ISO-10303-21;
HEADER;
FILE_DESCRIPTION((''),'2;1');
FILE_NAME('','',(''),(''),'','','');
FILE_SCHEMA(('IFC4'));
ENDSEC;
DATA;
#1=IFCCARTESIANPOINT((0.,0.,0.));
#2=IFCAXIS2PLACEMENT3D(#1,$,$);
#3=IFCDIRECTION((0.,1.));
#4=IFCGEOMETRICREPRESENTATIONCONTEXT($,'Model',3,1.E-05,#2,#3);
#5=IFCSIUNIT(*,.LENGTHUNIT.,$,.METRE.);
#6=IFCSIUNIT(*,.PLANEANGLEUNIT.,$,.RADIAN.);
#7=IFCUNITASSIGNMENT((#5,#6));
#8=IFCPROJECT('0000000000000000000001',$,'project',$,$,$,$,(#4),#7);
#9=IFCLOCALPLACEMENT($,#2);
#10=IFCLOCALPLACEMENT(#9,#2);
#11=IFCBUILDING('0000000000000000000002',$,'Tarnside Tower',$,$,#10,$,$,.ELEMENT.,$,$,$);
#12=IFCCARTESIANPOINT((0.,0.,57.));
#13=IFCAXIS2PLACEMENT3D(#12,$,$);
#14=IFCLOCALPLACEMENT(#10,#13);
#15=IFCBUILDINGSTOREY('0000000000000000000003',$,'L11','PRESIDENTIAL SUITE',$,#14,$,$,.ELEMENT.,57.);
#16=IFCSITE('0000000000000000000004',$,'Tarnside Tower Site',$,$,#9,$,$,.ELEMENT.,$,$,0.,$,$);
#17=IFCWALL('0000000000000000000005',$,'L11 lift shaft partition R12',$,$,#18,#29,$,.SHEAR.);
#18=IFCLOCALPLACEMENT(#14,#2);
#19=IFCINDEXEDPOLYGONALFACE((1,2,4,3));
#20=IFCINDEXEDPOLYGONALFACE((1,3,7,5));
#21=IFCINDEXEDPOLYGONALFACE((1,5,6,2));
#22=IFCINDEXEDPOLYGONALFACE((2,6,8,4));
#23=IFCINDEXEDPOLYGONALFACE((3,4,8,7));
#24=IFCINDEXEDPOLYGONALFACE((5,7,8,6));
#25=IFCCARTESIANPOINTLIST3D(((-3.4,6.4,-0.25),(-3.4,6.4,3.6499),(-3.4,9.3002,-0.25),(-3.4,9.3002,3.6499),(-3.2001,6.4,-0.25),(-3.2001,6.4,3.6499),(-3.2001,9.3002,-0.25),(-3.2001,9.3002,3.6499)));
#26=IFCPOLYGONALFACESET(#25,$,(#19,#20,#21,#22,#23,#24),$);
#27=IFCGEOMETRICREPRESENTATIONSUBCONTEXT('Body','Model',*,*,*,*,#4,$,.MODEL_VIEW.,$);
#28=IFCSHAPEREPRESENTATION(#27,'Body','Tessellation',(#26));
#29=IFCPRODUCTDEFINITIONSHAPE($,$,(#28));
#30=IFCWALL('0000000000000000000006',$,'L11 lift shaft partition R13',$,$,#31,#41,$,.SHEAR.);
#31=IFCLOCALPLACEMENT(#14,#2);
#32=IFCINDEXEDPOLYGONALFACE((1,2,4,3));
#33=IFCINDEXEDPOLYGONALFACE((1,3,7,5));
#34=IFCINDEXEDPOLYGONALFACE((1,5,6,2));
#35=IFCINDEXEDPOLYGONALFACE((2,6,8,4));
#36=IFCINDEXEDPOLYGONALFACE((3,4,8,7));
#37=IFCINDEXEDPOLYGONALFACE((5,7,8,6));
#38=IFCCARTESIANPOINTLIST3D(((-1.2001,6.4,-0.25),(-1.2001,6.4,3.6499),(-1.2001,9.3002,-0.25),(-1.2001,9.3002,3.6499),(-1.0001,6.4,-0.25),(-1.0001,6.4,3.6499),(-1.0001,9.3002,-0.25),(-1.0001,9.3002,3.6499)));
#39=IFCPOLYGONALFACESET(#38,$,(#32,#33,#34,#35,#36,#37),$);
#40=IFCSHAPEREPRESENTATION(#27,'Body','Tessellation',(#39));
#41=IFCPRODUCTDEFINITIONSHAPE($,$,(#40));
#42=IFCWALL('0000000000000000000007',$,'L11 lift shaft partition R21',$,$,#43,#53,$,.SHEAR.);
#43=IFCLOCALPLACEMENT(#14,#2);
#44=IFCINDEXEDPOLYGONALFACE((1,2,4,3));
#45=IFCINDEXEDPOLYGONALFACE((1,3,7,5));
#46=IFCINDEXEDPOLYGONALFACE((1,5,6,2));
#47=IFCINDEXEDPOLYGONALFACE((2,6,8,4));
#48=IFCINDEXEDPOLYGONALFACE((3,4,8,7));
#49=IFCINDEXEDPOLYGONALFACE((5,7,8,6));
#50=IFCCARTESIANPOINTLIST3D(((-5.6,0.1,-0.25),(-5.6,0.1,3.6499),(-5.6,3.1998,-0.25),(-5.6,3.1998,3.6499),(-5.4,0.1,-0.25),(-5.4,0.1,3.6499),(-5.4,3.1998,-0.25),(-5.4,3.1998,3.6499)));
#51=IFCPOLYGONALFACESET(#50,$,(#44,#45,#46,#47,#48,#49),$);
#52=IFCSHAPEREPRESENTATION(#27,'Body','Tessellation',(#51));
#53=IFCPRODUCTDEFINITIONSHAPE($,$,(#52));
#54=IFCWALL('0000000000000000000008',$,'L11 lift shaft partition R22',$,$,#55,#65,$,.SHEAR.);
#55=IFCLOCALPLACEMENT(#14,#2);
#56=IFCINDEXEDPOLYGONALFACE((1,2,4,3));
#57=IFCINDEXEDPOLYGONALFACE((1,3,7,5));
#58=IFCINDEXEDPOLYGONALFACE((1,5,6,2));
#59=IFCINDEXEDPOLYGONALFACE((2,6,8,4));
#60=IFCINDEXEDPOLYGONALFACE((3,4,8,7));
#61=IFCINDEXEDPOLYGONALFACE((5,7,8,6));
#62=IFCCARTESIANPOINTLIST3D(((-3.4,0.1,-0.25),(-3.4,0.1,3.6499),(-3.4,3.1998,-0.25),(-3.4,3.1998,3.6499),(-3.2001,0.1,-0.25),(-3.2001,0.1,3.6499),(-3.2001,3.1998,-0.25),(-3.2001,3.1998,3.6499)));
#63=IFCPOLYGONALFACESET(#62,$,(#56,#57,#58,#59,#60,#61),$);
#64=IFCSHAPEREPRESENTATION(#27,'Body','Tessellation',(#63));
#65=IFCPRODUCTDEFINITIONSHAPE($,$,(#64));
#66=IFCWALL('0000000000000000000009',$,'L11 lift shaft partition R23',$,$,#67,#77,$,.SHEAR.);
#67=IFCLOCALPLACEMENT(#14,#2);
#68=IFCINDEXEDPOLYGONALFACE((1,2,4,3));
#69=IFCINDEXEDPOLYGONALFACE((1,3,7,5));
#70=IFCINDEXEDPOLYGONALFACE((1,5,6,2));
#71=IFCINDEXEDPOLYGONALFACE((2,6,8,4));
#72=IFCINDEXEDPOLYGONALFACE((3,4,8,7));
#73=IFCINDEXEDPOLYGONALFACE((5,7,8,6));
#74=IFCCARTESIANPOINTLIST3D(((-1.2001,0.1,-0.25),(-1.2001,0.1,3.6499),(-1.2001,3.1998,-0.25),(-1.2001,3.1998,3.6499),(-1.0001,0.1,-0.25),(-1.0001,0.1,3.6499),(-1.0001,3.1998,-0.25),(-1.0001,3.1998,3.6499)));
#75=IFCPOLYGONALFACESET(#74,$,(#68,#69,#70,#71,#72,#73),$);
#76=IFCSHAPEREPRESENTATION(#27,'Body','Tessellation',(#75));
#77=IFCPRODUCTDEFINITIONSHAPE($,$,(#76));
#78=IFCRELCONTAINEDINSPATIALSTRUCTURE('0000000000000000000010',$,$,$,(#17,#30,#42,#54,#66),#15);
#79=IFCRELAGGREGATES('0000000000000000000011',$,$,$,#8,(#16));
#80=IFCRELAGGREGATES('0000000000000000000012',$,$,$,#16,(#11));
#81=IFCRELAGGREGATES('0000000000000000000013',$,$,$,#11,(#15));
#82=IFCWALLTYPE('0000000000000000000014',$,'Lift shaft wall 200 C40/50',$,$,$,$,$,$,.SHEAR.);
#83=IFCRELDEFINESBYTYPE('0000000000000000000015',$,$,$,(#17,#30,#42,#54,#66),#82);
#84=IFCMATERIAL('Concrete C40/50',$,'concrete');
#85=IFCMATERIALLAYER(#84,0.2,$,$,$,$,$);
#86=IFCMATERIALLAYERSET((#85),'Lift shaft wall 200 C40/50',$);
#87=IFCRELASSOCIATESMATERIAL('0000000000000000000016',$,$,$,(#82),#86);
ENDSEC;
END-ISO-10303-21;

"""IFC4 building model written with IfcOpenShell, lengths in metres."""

from ifc_helpers import new_model, si_unit, direction, frame, frame_2d, origin, place, context, subcontext, project, spatial, rectangle, extrude, material, layer, layer_set, type_object, element, save


model = new_model("IFC4")

# Units and contexts
model_context = context("Model", 3, precision=1e-05, world=origin(), true_north=direction((0.0, 1.0)))
body_context = subcontext(model_context, "Body", "Model", "MODEL_VIEW")
ifc_project = project(units=[si_unit("LENGTHUNIT", "METRE"), si_unit("PLANEANGLEUNIT", "RADIAN")], contexts=[model_context])

# Site, building, storey
site_placement = place(None, origin())
site = spatial("IfcSite", under=ifc_project, at=site_placement, Name="Tarnside Tower Site", CompositionType="ELEMENT", RefElevation=0.0)
building_placement = place(site_placement, origin())
building = spatial("IfcBuilding", under=site, at=building_placement, Name="Tarnside Tower", CompositionType="ELEMENT")
storey_placement = place(building_placement, frame((0.0, 0.0, 57.0)))
storey = spatial("IfcBuildingStorey", under=building, at=storey_placement, Name="L11", Description="PRESIDENTIAL SUITE", CompositionType="ELEMENT", Elevation=57.0)

# Shared definitions
ifc_material_1 = material(Name="Concrete C40/50", Category="concrete")
ifc_layer_1 = layer(ifc_material_1, 0.2)
ifc_layer_set_1 = layer_set([ifc_layer_1], Name="Lift shaft wall 200 C40/50")
wall_type = type_object("IfcWallType", Name="Lift shaft wall 200 C40/50", PredefinedType="SHEAR", material=ifc_layer_set_1)

# Walls
for number, where, z_axis, x_axis, name in (
    (1, (-3.3, 6.3999, -0.25), (0.0, 0.0, 1.0), (0.0, 1.0, 0.0), "L11 lift shaft partition R12"),
    (2, (-1.1001, 6.3999, -0.25), (0.0, 0.0, 1.0), (0.0, 1.0, 0.0), "L11 lift shaft partition R13"),
):
    element("IfcWall", number, at=place(storey_placement, frame(where, z_axis=z_axis, x_axis=x_axis)), inside=storey, type_object=wall_type, Name=name, PredefinedType="SHEAR", context=body_context, shape_type="SweptSolid", body=[
        extrude(rectangle(XDim=2.9001, YDim=0.2, at=frame_2d((1.4502, 0.0))), origin(), (0.0, 0.0, 1.0), 3.8999),
    ])
for number, where, z_axis, x_axis, name in (
    (3, (-5.5, 0.1001, -0.25), (0.0, 0.0, 1.0), (0.0, 1.0, 0.0), "L11 lift shaft partition R21"),
    (4, (-3.3, 0.1001, -0.25), (0.0, 0.0, 1.0), (0.0, 1.0, 0.0), "L11 lift shaft partition R22"),
    (5, (-1.1001, 0.1001, -0.25), (0.0, 0.0, 1.0), (0.0, 1.0, 0.0), "L11 lift shaft partition R23"),
):
    element("IfcWall", number, at=place(storey_placement, frame(where, z_axis=z_axis, x_axis=x_axis)), inside=storey, type_object=wall_type, Name=name, PredefinedType="SHEAR", context=body_context, shape_type="SweptSolid", body=[
        extrude(rectangle(XDim=3.0999, YDim=0.2, at=frame_2d((1.5498, 0.0))), origin(), (0.0, 0.0, 1.0), 3.8999),
    ])

save(model, "model.ifc")
